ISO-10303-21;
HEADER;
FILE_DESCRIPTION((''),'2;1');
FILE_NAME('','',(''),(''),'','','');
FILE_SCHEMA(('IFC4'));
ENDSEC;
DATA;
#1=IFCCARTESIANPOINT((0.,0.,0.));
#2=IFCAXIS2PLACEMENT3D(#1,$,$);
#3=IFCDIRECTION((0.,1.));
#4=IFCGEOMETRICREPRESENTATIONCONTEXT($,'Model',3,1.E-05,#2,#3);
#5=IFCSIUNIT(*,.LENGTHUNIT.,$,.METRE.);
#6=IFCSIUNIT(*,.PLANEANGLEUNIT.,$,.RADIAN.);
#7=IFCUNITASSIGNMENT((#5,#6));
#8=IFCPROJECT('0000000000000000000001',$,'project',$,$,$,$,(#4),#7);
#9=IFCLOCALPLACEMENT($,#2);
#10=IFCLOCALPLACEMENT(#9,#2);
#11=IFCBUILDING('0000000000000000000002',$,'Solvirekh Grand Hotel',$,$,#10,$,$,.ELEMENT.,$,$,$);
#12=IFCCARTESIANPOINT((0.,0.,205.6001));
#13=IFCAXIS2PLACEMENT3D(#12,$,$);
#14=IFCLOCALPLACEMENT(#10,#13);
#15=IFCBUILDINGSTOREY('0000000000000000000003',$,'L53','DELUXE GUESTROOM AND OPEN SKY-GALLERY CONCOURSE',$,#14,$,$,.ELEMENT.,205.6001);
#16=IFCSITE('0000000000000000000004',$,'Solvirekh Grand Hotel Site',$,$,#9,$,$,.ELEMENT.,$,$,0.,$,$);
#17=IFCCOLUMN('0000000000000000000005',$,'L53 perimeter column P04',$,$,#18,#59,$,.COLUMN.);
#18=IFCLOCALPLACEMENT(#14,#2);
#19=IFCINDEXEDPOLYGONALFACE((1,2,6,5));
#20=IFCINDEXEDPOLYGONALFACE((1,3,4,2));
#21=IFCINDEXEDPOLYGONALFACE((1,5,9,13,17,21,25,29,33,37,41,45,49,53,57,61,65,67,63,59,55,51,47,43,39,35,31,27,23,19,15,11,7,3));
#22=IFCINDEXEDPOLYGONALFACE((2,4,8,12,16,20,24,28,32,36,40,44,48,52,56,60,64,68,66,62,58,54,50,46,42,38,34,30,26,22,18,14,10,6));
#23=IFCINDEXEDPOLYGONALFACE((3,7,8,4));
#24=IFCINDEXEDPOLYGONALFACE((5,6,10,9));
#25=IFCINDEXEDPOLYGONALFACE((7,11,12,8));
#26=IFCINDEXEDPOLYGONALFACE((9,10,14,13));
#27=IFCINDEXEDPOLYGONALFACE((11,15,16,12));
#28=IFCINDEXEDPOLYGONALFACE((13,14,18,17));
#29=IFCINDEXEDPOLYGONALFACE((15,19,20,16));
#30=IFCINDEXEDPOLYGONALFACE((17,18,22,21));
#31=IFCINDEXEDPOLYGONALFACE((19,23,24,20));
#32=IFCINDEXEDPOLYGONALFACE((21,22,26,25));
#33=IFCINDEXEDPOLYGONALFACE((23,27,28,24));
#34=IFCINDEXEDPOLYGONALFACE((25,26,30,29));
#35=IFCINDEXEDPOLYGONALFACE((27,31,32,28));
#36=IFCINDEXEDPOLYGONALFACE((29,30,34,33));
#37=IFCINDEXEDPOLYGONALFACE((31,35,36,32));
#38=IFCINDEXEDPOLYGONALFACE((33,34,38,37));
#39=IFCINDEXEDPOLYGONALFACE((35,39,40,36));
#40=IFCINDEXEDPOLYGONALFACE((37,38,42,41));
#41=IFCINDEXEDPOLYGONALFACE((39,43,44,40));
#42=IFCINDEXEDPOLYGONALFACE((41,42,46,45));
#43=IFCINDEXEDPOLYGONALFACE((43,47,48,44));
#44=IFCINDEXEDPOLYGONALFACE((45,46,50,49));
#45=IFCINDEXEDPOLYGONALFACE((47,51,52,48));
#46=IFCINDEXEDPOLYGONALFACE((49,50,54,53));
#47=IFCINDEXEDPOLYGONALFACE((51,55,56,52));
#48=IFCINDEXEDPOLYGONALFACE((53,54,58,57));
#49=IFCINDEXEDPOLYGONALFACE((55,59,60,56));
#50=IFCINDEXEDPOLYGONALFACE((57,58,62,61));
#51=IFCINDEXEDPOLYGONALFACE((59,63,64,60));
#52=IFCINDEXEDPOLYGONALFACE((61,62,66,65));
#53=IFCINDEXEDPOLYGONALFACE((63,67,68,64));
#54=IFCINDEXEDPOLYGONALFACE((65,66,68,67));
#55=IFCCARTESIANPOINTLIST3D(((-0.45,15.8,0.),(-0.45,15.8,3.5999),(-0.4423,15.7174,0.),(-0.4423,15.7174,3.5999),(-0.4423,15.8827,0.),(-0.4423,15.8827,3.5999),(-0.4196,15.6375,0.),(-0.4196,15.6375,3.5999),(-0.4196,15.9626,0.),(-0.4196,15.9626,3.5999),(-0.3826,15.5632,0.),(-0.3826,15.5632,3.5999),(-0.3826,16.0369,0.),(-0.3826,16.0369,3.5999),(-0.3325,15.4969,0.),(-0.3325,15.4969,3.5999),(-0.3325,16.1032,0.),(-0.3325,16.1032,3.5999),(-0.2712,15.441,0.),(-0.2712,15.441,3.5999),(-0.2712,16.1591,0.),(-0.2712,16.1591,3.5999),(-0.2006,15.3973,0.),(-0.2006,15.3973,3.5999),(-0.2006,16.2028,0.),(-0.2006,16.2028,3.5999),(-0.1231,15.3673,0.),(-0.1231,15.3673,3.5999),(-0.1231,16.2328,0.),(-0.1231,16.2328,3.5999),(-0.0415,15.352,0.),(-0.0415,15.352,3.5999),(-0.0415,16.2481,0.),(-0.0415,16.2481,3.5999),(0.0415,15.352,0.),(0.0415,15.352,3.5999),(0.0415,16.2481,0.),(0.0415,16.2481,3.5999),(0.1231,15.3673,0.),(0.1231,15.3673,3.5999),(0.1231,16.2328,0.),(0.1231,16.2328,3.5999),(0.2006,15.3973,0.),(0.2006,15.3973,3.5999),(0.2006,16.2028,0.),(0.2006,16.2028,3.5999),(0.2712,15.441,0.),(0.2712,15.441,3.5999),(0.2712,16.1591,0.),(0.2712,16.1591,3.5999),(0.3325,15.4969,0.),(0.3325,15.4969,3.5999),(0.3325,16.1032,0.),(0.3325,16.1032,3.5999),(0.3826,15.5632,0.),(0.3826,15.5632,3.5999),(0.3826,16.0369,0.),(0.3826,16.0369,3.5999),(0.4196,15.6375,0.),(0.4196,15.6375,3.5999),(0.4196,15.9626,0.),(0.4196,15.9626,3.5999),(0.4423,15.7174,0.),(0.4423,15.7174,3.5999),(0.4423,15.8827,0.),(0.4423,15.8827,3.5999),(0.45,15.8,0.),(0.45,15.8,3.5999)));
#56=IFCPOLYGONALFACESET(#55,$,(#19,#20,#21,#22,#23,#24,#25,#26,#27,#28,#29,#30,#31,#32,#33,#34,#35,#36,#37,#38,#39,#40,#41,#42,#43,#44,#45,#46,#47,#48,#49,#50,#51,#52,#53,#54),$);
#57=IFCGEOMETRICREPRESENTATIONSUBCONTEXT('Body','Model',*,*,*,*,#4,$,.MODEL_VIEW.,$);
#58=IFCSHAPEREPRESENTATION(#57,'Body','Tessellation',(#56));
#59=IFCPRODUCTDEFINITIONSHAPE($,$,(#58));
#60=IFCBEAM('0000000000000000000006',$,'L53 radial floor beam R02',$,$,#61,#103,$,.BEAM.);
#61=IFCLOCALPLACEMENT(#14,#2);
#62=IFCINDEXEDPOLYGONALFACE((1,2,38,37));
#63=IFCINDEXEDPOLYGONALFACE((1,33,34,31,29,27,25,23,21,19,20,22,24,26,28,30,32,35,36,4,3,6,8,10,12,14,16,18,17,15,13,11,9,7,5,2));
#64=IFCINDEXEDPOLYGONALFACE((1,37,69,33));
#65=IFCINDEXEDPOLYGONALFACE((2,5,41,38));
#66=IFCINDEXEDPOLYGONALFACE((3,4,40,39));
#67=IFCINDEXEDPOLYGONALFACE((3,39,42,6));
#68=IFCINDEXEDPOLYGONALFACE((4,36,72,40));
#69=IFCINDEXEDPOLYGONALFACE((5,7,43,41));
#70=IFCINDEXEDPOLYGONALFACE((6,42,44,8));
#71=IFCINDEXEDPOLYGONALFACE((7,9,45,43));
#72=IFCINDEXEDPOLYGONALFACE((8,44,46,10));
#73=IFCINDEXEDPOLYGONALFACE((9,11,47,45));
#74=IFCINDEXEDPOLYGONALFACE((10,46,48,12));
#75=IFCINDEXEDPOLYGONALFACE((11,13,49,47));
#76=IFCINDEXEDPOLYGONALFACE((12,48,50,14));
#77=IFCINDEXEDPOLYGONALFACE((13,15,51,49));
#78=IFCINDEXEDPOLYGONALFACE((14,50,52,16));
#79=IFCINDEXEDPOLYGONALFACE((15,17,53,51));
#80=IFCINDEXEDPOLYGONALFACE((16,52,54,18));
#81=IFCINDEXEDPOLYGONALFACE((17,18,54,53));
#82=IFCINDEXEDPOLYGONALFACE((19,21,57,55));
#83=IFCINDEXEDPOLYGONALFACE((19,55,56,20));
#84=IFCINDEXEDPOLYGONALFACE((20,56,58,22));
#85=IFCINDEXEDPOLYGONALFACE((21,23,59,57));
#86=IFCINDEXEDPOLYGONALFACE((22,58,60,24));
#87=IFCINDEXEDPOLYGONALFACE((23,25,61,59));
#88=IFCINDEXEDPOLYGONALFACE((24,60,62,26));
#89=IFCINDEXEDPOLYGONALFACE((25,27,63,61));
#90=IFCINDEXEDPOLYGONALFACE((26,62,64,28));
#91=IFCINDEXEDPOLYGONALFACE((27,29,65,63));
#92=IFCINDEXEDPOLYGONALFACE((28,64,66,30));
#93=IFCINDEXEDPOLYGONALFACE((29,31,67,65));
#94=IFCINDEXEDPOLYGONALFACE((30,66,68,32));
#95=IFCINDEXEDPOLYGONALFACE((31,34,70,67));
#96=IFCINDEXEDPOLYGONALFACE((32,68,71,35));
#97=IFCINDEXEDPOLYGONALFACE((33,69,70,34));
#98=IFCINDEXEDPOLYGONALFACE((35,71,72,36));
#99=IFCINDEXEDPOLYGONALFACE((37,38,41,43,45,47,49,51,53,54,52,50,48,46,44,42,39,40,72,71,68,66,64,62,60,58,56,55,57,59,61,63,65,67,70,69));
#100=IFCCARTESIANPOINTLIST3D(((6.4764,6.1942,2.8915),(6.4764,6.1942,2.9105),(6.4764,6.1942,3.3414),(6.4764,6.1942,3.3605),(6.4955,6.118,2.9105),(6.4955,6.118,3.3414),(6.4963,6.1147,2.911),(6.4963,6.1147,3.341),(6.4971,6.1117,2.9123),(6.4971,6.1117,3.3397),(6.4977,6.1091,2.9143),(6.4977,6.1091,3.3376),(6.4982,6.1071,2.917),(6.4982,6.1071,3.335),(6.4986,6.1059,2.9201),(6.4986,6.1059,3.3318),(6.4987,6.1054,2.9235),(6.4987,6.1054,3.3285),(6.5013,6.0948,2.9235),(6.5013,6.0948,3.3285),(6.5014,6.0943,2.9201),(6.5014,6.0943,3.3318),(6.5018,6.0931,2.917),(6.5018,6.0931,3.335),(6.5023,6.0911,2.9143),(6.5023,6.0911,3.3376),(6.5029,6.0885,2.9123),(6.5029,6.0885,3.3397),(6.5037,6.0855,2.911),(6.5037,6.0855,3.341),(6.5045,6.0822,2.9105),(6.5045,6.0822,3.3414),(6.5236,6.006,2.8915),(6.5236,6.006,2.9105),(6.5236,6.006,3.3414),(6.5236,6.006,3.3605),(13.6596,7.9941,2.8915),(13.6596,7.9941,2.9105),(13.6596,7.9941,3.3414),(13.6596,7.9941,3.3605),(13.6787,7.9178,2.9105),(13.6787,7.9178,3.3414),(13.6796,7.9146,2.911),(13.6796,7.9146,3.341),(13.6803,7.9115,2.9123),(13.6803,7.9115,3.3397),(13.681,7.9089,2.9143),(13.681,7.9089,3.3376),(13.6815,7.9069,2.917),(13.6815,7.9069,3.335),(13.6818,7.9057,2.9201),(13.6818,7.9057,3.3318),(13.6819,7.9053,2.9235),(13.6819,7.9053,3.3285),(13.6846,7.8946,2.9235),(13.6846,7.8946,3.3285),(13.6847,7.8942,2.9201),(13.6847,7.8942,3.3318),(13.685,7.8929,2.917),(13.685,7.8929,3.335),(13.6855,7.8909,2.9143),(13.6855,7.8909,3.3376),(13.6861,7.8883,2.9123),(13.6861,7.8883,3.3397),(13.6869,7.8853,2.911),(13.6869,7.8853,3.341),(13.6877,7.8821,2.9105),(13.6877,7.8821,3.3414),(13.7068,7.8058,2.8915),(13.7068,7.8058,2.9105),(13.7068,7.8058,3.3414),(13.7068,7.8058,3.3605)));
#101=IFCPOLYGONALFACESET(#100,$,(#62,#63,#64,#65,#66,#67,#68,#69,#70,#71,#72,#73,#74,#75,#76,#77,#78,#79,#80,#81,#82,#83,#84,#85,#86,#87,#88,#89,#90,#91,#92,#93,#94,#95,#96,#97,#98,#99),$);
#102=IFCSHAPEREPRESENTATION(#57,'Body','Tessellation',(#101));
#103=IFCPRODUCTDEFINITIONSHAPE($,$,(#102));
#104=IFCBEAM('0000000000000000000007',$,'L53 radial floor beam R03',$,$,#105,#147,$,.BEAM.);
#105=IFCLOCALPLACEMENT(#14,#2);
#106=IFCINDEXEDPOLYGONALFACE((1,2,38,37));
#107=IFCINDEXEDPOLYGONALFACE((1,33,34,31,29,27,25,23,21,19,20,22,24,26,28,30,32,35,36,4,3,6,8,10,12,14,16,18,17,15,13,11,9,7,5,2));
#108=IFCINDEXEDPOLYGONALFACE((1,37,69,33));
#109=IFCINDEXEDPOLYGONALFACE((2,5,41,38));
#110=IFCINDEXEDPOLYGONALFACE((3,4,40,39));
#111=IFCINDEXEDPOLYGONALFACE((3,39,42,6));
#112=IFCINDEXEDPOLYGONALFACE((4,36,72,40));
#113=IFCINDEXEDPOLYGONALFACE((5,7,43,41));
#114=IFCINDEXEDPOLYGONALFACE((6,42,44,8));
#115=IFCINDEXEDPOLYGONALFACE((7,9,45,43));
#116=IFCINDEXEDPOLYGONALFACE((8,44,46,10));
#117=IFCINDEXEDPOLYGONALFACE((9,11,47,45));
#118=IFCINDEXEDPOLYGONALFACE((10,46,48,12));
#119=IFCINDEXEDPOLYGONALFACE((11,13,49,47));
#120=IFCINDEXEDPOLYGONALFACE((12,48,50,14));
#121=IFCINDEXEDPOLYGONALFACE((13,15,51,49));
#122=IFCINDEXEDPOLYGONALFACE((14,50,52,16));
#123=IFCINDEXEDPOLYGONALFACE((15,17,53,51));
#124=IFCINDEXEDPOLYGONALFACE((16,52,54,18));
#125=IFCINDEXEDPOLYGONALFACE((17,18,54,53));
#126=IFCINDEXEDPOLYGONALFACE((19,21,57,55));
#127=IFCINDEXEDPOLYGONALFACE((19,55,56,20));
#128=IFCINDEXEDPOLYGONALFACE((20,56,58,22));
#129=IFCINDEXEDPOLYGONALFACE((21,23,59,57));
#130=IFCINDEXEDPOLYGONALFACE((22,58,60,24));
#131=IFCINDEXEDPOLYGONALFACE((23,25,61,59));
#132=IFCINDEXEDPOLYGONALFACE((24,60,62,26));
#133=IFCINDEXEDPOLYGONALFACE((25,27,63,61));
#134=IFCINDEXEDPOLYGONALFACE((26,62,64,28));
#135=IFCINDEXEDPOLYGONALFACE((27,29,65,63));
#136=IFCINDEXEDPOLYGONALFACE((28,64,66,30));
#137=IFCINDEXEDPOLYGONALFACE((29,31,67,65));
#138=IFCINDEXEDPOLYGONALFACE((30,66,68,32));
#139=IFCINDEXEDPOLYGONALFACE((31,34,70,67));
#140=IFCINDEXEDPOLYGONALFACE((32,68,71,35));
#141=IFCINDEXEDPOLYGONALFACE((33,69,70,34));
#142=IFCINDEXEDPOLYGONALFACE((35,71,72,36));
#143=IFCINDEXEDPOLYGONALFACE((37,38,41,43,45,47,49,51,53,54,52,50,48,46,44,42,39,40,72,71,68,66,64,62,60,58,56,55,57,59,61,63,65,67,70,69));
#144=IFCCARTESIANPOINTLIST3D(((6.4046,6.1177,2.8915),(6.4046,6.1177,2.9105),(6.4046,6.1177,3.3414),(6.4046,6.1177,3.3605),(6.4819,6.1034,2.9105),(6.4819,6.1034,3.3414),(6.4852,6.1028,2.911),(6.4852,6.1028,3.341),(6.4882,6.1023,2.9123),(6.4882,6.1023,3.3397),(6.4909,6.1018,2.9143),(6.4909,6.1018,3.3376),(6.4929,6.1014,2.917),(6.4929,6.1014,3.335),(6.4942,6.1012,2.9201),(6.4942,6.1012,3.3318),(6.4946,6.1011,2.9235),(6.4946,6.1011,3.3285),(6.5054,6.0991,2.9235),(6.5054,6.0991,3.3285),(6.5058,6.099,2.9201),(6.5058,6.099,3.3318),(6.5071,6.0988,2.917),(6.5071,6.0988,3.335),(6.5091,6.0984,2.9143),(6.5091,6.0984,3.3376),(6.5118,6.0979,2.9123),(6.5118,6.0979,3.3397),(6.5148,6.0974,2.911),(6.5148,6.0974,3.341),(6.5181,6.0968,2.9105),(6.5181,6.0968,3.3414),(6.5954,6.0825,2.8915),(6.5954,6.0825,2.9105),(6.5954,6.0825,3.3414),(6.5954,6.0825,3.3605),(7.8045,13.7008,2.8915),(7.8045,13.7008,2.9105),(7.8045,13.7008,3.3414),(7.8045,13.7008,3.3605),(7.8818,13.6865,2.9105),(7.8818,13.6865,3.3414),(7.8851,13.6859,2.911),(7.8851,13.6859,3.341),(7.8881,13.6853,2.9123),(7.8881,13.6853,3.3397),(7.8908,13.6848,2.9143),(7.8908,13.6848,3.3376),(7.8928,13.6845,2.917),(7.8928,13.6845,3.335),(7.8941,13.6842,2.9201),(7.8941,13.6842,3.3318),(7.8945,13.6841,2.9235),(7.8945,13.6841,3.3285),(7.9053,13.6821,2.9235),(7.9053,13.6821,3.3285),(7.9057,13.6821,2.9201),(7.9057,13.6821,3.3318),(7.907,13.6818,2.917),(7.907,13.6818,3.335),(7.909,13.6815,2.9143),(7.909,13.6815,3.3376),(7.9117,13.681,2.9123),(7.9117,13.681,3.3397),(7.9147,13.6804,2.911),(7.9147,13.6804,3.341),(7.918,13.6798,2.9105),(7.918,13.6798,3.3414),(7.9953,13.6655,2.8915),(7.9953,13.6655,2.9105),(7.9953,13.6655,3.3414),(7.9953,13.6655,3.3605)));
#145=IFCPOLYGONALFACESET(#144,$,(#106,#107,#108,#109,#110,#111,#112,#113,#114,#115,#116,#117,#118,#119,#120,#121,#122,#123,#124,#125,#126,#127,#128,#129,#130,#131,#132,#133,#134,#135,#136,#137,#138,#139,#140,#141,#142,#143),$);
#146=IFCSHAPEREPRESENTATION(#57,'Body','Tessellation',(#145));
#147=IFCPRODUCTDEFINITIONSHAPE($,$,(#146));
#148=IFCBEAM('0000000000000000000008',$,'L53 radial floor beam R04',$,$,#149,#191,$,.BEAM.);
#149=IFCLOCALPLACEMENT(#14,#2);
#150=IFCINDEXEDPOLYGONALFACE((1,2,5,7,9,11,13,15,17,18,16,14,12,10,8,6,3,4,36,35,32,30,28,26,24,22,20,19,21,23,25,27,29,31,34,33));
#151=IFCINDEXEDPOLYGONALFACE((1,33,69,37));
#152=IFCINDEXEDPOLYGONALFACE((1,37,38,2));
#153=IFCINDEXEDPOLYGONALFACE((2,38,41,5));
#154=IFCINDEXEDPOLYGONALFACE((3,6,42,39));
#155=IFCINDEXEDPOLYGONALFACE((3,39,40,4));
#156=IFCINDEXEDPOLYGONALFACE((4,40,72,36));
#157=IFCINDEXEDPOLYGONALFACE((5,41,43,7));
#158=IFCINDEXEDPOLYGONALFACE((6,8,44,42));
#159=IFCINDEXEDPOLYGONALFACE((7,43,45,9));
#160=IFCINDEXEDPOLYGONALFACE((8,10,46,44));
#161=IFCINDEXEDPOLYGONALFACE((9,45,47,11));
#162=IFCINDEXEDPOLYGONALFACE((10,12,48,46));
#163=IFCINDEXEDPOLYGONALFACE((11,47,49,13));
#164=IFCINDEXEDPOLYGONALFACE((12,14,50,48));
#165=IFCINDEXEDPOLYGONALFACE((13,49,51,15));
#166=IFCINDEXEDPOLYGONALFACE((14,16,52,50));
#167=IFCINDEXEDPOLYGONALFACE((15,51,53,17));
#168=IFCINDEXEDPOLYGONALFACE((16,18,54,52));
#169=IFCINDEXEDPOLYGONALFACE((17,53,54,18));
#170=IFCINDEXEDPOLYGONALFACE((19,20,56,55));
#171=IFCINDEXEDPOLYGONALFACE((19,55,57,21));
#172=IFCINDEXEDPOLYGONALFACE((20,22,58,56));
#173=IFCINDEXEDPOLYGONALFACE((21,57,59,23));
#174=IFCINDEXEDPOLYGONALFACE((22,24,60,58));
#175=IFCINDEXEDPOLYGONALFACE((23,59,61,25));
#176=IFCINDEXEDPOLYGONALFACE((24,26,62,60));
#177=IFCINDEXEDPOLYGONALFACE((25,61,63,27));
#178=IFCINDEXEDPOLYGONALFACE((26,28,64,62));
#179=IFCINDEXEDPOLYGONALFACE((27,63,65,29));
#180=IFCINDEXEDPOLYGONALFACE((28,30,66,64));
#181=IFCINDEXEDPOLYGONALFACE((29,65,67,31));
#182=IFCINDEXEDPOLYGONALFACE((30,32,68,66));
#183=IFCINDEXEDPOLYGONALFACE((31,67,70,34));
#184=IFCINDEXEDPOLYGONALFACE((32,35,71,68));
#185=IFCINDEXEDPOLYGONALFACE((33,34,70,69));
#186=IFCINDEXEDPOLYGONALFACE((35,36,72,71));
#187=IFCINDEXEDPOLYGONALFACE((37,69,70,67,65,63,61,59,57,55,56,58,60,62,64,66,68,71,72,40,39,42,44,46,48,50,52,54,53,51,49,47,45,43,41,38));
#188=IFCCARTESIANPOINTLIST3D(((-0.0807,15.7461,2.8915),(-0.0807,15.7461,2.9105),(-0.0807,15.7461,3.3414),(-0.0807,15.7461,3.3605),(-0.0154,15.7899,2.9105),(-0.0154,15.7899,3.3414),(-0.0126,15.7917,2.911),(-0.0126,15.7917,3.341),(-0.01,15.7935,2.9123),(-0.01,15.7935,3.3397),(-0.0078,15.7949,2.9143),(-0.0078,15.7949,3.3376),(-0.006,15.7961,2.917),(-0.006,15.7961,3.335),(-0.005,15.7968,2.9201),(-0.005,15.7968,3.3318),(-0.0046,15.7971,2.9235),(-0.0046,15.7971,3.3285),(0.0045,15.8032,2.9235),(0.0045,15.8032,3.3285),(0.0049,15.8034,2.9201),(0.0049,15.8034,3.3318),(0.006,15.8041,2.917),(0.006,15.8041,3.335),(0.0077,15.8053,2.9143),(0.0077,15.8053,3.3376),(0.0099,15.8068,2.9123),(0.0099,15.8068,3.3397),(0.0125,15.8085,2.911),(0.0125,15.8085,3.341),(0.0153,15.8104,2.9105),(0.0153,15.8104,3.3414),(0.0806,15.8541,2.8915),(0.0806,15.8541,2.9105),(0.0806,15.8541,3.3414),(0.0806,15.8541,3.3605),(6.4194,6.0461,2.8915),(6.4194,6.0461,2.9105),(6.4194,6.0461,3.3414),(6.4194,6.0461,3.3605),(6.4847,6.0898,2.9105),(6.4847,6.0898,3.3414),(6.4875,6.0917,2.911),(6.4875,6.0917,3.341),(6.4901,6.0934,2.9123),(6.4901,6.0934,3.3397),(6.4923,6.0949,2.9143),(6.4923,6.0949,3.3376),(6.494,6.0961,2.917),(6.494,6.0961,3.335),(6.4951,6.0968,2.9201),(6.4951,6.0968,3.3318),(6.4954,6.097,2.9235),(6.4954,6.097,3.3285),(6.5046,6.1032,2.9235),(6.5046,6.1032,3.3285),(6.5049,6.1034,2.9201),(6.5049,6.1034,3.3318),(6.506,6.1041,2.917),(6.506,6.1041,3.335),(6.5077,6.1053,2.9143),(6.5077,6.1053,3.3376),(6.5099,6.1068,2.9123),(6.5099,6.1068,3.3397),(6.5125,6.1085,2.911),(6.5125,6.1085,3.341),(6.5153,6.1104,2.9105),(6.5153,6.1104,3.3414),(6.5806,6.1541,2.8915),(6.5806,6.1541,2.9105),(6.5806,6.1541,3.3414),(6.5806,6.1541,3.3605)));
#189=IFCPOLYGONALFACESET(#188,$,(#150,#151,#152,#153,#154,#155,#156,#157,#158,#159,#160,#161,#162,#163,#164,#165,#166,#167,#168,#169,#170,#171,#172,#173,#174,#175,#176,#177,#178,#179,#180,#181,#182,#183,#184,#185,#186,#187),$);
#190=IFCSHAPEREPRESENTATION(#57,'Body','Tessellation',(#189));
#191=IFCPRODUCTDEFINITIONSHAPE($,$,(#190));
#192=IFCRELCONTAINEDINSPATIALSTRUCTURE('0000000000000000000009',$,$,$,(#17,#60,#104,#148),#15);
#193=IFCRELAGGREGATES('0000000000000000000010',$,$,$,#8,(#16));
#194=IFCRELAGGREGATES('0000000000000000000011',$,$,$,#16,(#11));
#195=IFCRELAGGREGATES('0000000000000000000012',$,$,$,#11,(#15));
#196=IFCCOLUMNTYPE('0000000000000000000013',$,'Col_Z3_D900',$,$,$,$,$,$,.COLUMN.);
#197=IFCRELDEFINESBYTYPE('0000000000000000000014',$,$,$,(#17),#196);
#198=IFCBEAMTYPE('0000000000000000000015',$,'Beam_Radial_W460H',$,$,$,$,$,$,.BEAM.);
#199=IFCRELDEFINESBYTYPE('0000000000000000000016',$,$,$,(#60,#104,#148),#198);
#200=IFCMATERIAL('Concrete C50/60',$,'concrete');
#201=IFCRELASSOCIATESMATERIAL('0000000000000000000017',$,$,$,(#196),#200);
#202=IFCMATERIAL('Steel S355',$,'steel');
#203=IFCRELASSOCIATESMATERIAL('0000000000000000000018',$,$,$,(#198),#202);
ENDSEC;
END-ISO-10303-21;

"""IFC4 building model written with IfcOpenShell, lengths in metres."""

from ifc_helpers import new_model, si_unit, direction, frame, origin, origin_2d, place, context, subcontext, project, spatial, circle, i_section, extrude, material, material_profile, profile_set, type_object, element, save


model = new_model("IFC4")

# Units and contexts
model_context = context("Model", 3, precision=1e-05, world=origin(), true_north=direction((0.0, 1.0)))
body_context = subcontext(model_context, "Body", "Model", "MODEL_VIEW")
ifc_project = project(units=[si_unit("LENGTHUNIT", "METRE"), si_unit("PLANEANGLEUNIT", "RADIAN")], contexts=[model_context])

# Site, building, storey
site_placement = place(None, origin())
site = spatial("IfcSite", under=ifc_project, at=site_placement, Name="Solvirekh Grand Hotel Site", CompositionType="ELEMENT", RefElevation=0.0)
building_placement = place(site_placement, origin())
building = spatial("IfcBuilding", under=site, at=building_placement, Name="Solvirekh Grand Hotel", CompositionType="ELEMENT")
storey_placement = place(building_placement, frame((0.0, 0.0, 205.6001)))
storey = spatial("IfcBuildingStorey", under=building, at=storey_placement, Name="L53", Description="DELUXE GUESTROOM AND OPEN SKY-GALLERY CONCOURSE", CompositionType="ELEMENT", Elevation=205.6001)

# Column
ifc_material_1 = material(Name="Concrete C50/60", Category="concrete")
ifc_material_profile_1 = material_profile(ifc_material_1, circle(Radius=0.45, at=origin_2d()), Name="RC CIRC D900")
ifc_profile_set_1 = profile_set([ifc_material_profile_1], Name="Concrete C50/60")
column_type = type_object("IfcColumnType", Name="Col_Z3_D900", PredefinedType="COLUMN", material=ifc_profile_set_1)
column_placement = place(storey_placement, frame((0.0, 15.8, 0.0), z_axis=(0.0, 0.0, 1.0), x_axis=(1.0, 0.0, 0.0)))
element("IfcColumn", 1, at=column_placement, inside=storey, type_object=column_type, Name="L53 perimeter column P04", PredefinedType="COLUMN", context=body_context, shape_type="SweptSolid", body=[
    extrude(circle(Radius=0.45, at=origin_2d()), origin(), (0.0, 0.0, 1.0), 3.5999),
])

# Beams
ifc_material_2 = material(Name="Steel S355", Category="steel")
ifc_material_profile_2 = material_profile(ifc_material_2, i_section(OverallWidth=0.1941, OverallDepth=0.469, WebThickness=0.011, FlangeThickness=0.019, FilletRadius=0.0129, at=origin_2d()), Name="W460X106")
ifc_profile_set_2 = profile_set([ifc_material_profile_2], Name="Steel S355")
beam_type_1 = type_object("IfcBeamType", Name="Beam_Radial_W460H", PredefinedType="BEAM", material=ifc_profile_set_2)
beam_1_placement = place(storey_placement, frame((6.5, 6.1001, 3.126), z_axis=(0.970014, 0.243048, 0.0), x_axis=(-0.243048, 0.970014, 0.0)))
element("IfcBeam", 2, at=beam_1_placement, inside=storey, type_object=beam_type_1, Name="L53 radial floor beam R02", PredefinedType="BEAM", context=body_context, shape_type="SweptSolid", body=[
    extrude(i_section(OverallWidth=0.1941, OverallDepth=0.469, WebThickness=0.011, FlangeThickness=0.019, FilletRadius=0.0129, at=origin_2d()), origin(), (0.0, 0.0, 1.0), 7.4053),
])
beam_2_placement = place(storey_placement, frame((6.5, 6.1001, 3.126), z_axis=(0.181543, 0.983383, 0.0), x_axis=(-0.983383, 0.181543, 0.0)))
element("IfcBeam", 3, at=beam_2_placement, inside=storey, type_object=beam_type_1, Name="L53 radial floor beam R03", PredefinedType="BEAM", context=body_context, shape_type="SweptSolid", body=[
    extrude(i_section(OverallWidth=0.1941, OverallDepth=0.469, WebThickness=0.011, FlangeThickness=0.019, FilletRadius=0.0129, at=origin_2d()), origin(), (0.0, 0.0, 1.0), 7.7112),
])
beam_3_placement = place(storey_placement, frame((6.5, 6.1001, 3.126), z_axis=(-0.556677, 0.830729, 0.0), x_axis=(-0.830729, -0.556677, 0.0)))
element("IfcBeam", 4, at=beam_3_placement, inside=storey, type_object=beam_type_1, Name="L53 radial floor beam R04", PredefinedType="BEAM", context=body_context, shape_type="SweptSolid", body=[
    extrude(i_section(OverallWidth=0.1941, OverallDepth=0.469, WebThickness=0.011, FlangeThickness=0.019, FilletRadius=0.0129, at=origin_2d()), origin(), (0.0, 0.0, 1.0), 11.6765),
])

save(model, "model.ifc")
